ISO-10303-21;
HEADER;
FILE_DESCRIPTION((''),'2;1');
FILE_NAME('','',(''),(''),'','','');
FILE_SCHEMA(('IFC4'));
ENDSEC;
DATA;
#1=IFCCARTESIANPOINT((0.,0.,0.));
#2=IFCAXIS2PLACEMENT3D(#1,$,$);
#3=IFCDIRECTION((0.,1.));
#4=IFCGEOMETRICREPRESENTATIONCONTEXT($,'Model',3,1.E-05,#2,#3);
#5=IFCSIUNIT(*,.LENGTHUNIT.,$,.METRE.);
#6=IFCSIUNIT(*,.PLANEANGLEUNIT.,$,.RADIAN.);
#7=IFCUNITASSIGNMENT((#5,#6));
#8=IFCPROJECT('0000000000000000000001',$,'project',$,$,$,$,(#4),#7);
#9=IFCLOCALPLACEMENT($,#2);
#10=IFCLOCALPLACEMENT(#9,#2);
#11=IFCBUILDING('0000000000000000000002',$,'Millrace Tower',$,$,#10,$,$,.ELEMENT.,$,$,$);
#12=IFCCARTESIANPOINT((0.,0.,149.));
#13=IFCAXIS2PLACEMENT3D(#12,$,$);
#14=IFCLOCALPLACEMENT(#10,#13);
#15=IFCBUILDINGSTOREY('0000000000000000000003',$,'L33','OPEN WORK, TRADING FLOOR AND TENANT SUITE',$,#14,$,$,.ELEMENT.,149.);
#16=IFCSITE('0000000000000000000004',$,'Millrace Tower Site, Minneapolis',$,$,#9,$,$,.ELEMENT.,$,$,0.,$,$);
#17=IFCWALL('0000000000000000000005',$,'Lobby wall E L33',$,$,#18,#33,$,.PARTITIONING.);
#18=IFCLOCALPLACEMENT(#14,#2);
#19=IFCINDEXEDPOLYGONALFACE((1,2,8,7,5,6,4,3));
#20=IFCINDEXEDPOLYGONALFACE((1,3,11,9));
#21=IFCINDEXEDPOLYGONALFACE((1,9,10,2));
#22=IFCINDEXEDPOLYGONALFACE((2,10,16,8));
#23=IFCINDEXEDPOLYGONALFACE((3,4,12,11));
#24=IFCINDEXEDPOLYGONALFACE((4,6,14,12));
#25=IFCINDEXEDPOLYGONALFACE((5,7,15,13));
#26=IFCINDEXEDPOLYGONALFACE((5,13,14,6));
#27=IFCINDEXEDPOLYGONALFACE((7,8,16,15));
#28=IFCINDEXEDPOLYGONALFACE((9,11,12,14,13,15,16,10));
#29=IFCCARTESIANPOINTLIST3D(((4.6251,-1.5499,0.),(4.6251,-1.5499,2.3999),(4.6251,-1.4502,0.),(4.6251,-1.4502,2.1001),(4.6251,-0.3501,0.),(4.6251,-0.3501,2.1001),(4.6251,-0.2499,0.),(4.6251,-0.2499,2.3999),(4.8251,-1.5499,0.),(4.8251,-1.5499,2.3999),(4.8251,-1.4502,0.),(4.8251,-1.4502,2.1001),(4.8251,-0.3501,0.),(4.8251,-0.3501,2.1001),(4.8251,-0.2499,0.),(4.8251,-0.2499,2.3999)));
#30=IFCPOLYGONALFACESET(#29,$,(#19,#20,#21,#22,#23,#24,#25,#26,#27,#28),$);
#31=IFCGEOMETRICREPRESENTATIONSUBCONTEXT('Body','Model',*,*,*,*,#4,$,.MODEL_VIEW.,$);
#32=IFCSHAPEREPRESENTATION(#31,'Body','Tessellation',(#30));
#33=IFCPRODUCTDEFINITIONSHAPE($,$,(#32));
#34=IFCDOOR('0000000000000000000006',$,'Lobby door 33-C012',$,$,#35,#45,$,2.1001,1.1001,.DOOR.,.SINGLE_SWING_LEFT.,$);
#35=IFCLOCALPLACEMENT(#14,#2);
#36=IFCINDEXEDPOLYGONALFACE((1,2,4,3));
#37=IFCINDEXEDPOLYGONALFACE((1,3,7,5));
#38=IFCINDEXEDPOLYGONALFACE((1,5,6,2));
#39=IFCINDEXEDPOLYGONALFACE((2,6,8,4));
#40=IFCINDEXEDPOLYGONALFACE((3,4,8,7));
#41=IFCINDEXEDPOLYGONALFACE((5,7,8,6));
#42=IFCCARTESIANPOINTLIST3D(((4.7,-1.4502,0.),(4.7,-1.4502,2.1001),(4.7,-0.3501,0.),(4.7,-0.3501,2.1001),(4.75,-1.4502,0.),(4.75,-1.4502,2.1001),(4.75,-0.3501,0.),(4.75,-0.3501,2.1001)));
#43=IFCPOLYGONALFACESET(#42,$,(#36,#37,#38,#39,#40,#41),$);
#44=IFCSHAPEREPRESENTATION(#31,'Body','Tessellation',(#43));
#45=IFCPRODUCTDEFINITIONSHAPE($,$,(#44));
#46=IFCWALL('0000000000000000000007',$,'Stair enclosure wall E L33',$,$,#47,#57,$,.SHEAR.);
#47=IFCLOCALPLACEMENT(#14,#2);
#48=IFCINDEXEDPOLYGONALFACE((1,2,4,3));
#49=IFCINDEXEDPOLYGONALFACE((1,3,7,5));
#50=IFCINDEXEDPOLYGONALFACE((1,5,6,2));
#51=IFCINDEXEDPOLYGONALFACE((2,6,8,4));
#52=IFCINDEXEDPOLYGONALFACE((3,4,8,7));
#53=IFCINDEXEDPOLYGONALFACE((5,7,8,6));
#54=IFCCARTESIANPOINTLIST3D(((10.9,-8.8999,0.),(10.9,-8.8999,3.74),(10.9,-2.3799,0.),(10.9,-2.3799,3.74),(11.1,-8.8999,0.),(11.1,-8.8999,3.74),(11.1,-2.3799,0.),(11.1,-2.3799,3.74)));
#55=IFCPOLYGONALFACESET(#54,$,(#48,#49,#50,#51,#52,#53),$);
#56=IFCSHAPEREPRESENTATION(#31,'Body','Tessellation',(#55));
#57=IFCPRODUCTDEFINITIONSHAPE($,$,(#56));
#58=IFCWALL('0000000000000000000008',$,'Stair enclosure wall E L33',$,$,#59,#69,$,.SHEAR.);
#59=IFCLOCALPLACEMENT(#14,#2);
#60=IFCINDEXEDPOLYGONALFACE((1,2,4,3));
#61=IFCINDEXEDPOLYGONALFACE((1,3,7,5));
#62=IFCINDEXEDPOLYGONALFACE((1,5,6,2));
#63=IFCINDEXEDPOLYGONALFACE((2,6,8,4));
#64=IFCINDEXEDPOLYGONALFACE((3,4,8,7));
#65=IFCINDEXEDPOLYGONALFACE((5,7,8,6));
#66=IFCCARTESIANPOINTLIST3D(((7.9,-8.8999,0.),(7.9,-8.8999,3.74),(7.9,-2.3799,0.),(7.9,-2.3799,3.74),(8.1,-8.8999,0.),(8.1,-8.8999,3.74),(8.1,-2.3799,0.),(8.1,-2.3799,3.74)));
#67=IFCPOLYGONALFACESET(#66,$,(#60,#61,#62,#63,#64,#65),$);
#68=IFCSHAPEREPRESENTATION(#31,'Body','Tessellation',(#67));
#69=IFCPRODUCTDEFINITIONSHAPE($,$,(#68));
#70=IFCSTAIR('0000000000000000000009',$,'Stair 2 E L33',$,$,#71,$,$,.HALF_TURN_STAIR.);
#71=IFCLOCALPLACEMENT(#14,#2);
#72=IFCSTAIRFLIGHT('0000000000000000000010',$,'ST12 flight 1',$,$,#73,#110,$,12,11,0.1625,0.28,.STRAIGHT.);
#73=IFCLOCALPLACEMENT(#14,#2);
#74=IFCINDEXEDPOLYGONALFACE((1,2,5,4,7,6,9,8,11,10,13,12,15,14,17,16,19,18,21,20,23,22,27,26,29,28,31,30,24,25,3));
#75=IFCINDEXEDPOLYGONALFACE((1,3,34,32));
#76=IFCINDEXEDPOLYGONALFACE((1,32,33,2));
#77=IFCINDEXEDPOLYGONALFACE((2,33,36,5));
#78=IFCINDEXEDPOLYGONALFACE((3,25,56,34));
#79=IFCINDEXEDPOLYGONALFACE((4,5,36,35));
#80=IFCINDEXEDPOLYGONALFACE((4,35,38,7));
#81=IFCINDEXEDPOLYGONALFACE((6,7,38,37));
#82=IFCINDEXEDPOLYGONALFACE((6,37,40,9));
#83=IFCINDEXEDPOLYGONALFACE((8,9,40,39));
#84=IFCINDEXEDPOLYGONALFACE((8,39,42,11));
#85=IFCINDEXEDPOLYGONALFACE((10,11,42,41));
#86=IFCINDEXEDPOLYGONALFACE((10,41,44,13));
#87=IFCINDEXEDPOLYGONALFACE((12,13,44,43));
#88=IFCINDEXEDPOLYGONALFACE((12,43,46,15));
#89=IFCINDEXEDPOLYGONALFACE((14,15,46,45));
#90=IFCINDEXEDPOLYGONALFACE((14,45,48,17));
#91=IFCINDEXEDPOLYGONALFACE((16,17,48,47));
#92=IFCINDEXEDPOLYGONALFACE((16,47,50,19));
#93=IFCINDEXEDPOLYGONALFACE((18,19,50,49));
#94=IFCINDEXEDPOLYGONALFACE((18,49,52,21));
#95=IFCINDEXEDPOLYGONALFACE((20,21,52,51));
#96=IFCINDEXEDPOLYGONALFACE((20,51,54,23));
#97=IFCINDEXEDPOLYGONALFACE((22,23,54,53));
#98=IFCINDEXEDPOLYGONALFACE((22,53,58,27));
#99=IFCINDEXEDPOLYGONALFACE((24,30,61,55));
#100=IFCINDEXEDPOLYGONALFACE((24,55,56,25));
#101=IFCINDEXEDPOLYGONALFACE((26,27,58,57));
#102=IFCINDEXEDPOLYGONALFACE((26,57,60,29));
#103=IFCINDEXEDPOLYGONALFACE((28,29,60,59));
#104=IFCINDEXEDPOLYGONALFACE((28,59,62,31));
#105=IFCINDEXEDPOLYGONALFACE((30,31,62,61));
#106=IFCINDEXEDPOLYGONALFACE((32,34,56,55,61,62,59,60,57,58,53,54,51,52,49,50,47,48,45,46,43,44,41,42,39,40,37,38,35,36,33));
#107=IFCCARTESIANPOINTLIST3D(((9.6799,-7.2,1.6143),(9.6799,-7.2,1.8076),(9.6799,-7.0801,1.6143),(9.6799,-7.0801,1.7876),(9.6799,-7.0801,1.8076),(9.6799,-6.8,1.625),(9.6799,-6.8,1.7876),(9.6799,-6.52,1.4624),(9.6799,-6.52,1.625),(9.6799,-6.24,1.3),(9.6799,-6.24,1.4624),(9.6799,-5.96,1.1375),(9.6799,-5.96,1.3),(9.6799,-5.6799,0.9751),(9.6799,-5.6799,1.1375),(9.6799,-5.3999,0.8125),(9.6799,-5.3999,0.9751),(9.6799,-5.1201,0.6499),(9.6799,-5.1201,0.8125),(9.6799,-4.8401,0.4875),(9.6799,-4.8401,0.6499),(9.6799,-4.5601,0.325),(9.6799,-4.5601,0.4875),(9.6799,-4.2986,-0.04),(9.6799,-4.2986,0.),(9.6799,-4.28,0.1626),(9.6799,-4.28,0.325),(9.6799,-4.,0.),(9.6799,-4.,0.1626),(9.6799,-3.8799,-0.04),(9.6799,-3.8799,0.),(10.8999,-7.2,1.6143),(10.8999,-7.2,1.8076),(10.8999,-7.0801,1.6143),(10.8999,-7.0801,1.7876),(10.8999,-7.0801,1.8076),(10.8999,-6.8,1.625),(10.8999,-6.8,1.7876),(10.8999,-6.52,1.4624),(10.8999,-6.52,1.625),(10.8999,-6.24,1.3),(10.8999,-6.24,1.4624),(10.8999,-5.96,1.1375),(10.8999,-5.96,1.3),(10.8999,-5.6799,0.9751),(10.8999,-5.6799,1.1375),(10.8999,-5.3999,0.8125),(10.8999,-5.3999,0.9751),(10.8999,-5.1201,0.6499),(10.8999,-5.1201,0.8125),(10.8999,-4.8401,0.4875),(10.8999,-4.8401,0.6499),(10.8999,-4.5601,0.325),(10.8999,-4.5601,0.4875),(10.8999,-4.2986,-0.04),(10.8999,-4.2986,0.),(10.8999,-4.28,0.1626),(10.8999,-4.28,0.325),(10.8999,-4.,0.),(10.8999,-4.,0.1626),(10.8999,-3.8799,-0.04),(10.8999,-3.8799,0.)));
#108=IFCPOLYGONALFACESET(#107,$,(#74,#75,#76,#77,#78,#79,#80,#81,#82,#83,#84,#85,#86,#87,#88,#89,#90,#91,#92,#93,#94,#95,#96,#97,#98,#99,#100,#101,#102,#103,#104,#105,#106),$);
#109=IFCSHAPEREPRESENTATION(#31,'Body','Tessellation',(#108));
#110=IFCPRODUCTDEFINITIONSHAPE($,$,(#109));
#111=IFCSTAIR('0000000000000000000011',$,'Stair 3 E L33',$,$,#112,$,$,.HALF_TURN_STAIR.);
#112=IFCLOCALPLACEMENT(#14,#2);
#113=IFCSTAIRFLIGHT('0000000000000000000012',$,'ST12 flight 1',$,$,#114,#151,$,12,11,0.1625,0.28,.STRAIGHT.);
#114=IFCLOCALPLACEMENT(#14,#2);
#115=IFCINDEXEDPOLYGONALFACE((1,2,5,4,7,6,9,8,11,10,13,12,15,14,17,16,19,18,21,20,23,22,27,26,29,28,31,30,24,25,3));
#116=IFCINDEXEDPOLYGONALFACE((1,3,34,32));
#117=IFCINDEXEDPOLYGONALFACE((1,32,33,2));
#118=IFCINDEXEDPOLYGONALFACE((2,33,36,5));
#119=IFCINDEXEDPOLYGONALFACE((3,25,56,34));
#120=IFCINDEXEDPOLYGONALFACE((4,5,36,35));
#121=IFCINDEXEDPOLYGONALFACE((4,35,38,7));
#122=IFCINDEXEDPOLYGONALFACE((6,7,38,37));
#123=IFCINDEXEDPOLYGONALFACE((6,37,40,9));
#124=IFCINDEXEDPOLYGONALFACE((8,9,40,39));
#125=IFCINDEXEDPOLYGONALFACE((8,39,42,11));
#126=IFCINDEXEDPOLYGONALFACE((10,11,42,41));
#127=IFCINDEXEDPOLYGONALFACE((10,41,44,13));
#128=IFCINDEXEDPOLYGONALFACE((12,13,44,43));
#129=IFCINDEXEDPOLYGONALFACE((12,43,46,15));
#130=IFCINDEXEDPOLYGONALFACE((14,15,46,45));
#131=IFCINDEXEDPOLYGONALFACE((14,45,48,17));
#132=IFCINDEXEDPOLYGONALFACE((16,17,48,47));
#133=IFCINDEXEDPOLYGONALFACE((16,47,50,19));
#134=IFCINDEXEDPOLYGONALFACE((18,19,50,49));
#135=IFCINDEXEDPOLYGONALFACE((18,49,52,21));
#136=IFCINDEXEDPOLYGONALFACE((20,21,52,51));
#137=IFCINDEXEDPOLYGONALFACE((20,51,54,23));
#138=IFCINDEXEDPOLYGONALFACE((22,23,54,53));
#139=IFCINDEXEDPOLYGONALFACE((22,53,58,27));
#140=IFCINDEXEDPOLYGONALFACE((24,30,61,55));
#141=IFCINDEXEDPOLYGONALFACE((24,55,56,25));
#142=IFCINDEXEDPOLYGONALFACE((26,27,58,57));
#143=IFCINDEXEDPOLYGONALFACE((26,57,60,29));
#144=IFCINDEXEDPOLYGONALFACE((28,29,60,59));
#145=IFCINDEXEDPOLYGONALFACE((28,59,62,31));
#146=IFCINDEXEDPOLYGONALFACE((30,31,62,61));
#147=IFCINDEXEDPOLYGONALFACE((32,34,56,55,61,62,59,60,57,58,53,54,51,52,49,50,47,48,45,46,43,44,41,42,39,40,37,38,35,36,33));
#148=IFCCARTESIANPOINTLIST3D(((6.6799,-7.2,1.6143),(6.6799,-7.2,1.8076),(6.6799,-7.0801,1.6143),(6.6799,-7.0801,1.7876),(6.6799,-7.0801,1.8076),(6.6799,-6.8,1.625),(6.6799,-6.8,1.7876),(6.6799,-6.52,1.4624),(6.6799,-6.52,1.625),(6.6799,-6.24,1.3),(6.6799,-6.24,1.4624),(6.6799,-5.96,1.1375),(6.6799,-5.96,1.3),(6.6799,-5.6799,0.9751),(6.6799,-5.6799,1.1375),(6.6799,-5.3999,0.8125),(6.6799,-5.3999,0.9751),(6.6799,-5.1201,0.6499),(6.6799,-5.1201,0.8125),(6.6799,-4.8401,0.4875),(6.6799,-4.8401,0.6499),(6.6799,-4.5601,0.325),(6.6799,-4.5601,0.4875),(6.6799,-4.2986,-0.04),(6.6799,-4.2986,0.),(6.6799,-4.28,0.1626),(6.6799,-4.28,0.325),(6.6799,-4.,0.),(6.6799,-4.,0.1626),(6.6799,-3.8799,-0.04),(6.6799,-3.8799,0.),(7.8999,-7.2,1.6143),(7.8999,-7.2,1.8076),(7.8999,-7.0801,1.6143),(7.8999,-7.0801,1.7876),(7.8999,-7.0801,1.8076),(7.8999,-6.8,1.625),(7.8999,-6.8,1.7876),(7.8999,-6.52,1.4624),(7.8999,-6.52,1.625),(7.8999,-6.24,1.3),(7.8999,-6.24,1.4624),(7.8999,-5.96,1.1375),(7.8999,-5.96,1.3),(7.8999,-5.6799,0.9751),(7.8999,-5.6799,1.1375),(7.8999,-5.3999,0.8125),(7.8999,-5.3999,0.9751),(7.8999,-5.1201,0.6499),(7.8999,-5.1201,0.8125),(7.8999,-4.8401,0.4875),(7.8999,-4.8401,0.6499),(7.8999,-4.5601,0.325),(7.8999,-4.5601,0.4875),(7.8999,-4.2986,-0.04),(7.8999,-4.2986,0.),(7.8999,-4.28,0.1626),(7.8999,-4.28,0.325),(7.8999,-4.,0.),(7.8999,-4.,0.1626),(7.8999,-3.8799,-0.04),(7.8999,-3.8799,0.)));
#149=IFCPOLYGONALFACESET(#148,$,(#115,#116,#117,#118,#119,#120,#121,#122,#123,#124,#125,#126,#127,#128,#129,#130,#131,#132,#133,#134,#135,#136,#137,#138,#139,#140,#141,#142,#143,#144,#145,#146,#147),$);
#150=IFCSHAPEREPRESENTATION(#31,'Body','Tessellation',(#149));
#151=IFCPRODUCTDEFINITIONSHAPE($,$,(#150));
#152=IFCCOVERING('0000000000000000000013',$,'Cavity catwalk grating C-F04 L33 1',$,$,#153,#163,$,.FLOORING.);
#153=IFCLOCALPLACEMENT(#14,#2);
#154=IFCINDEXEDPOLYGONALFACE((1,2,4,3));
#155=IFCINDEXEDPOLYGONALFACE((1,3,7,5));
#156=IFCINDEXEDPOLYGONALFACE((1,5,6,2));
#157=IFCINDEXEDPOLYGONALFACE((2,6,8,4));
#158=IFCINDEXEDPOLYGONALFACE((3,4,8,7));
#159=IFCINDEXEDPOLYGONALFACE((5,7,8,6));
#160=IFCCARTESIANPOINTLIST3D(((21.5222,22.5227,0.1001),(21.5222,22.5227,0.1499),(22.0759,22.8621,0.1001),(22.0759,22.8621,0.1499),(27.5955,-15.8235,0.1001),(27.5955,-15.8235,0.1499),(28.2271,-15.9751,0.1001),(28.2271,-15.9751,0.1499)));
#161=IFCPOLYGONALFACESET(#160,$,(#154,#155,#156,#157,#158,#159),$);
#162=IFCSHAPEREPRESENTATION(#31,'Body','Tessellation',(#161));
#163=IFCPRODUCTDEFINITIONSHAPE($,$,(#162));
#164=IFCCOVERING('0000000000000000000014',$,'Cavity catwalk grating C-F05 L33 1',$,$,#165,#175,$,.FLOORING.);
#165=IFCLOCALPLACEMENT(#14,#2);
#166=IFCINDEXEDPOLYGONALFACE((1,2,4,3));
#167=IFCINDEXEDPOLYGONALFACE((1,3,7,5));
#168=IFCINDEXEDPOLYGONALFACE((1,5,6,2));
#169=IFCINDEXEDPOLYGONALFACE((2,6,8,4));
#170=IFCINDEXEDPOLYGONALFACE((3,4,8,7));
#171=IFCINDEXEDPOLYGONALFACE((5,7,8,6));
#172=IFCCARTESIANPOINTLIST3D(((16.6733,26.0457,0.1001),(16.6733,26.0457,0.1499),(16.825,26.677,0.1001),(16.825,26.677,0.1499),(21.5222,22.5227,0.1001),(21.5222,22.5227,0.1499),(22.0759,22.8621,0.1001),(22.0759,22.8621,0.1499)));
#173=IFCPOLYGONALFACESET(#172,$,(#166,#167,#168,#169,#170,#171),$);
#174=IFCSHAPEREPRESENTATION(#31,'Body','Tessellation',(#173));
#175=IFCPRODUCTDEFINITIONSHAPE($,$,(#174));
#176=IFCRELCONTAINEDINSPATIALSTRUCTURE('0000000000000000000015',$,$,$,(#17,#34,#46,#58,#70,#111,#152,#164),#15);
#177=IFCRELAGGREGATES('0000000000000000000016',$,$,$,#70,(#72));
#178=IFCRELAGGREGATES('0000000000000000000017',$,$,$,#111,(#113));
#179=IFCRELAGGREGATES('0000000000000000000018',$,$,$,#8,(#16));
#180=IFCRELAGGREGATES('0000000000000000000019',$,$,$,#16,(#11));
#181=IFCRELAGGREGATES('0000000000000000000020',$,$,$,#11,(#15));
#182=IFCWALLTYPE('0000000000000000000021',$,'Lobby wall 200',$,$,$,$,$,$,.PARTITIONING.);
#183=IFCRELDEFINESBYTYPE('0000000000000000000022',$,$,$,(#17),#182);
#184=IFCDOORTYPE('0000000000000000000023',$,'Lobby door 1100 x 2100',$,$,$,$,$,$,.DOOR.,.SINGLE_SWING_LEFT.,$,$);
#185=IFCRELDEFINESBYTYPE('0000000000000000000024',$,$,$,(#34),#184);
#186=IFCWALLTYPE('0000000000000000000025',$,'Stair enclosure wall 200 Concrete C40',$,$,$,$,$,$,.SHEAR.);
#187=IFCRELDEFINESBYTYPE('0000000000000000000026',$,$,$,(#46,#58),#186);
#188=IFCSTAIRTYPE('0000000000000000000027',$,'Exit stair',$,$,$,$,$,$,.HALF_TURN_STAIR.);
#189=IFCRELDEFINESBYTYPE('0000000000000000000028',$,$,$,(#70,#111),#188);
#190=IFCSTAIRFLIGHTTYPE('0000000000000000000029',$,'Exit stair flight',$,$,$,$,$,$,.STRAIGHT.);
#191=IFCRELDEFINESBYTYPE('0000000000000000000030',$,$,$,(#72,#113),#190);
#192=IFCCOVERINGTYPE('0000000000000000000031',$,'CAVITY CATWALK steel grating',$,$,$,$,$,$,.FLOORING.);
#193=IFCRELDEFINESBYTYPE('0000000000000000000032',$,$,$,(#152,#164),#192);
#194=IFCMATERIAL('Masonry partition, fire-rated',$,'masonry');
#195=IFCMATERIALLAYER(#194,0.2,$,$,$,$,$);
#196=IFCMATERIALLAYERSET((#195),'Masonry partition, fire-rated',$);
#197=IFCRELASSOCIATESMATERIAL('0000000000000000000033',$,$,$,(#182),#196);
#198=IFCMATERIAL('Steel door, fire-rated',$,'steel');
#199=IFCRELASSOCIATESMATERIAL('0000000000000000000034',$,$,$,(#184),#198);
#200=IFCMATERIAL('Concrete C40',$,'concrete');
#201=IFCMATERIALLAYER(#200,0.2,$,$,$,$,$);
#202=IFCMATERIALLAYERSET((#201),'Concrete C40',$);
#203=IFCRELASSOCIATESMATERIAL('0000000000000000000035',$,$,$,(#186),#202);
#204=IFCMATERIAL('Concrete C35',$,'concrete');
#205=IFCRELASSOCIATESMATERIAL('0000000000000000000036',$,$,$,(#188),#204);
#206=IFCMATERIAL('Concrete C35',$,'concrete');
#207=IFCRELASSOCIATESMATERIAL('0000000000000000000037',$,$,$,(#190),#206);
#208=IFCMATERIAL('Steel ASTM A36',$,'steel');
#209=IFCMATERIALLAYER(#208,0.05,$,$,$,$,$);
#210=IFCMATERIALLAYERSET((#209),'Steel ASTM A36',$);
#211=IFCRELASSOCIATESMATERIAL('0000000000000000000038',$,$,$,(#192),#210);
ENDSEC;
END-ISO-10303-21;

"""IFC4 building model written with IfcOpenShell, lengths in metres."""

from ifc_helpers import new_model, si_unit, direction, frame, frame_2d, origin, place, context, subcontext, project, spatial, polyline, rectangle, outline, extrude, material, layer, layer_set, type_object, element, fill, aggregate, save


model = new_model("IFC4")

# Units and contexts
model_context = context("Model", 3, precision=1e-05, world=origin(), true_north=direction((0.0, 1.0)))
body_context = subcontext(model_context, "Body", "Model", "MODEL_VIEW")
ifc_project = project(units=[si_unit("LENGTHUNIT", "METRE"), si_unit("PLANEANGLEUNIT", "RADIAN")], contexts=[model_context])

# Site, building, storey
site_placement = place(None, origin())
site = spatial("IfcSite", under=ifc_project, at=site_placement, Name="Millrace Tower Site, Minneapolis", CompositionType="ELEMENT", RefElevation=0.0)
building_placement = place(site_placement, origin())
building = spatial("IfcBuilding", under=site, at=building_placement, Name="Millrace Tower", CompositionType="ELEMENT")
storey_placement = place(building_placement, frame((0.0, 0.0, 149.0)))
storey = spatial("IfcBuildingStorey", under=building, at=storey_placement, Name="L33", Description="OPEN WORK, TRADING FLOOR AND TENANT SUITE", CompositionType="ELEMENT", Elevation=149.0)

# Shared definitions
placement_1 = place(storey_placement, origin())

# Wall, opening, door
ifc_material_1 = material(Name="Masonry partition, fire-rated", Category="masonry")
ifc_layer_1 = layer(ifc_material_1, 0.2)
ifc_layer_set_1 = layer_set([ifc_layer_1], Name="Masonry partition, fire-rated")
wall_type_1 = type_object("IfcWallType", Name="Lobby wall 200", PredefinedType="PARTITIONING", material=ifc_layer_set_1)
wall_1_placement = place(storey_placement, frame((4.7251, -0.25, 0.0), z_axis=(0.0, 0.0, 1.0), x_axis=(0.0, -1.0, 0.0)))
wall_1 = element("IfcWall", 1, at=wall_1_placement, inside=storey, type_object=wall_type_1, Name="Lobby wall E L33", PredefinedType="PARTITIONING", context=body_context, shape_type="SweptSolid", body=[
    extrude(rectangle(XDim=1.3, YDim=0.2, at=frame_2d((0.6499, 0.0))), origin(), (0.0, 0.0, 1.0), 2.3999),
])
opening_1_placement = place(wall_1_placement, frame((0.1001, 0.0, 0.0)))
opening_1 = element("IfcOpeningElement", 2, at=opening_1_placement, cuts=wall_1, PredefinedType="OPENING", context=body_context, shape_type="SweptSolid", body=[
    extrude(rectangle(XDim=1.1001, YDim=2.1001, at=frame_2d((0.55, 1.05))), frame((0.0, 0.1099, 0.0), z_axis=(0.0, -1.0, 0.0), x_axis=(1.0, 0.0, 0.0)), (0.0, 0.0, 1.0), 0.22),
])
ifc_material_2 = material(Name="Steel door, fire-rated", Category="steel")
door_type_1 = type_object("IfcDoorType", Name="Lobby door 1100 x 2100", OperationType="SINGLE_SWING_LEFT", PredefinedType="DOOR", material=ifc_material_2)
door_1_placement = place(opening_1_placement, origin())
door_1 = element("IfcDoor", 3, at=door_1_placement, inside=storey, type_object=door_type_1, Name="Lobby door 33-C012", OperationType="SINGLE_SWING_LEFT", OverallHeight=2.1001, OverallWidth=1.1001, PredefinedType="DOOR", context=body_context, shape_type="SweptSolid", body=[
    extrude(rectangle(XDim=1.1001, YDim=2.1001, at=frame_2d((0.55, 1.05))), frame((0.0, 0.0249, 0.0), z_axis=(0.0, -1.0, 0.0), x_axis=(1.0, 0.0, 0.0)), (0.0, 0.0, 1.0), 0.05),
])
fill(opening_1, door_1)

# Walls
ifc_material_3 = material(Name="Concrete C40", Category="concrete")
ifc_layer_2 = layer(ifc_material_3, 0.2)
ifc_layer_set_2 = layer_set([ifc_layer_2], Name="Concrete C40")
wall_type_2 = type_object("IfcWallType", Name="Stair enclosure wall 200 Concrete C40", PredefinedType="SHEAR", material=ifc_layer_set_2)
for number, where, z_axis, x_axis, name in (
    (4, (11.0, -2.3799, 0.0), (0.0, 0.0, 1.0), (0.0, -1.0, 0.0), "Stair enclosure wall E L33"),
    (5, (8.0, -2.3799, 0.0), (0.0, 0.0, 1.0), (0.0, -1.0, 0.0), "Stair enclosure wall E L33"),
):
    element("IfcWall", number, at=place(storey_placement, frame(where, z_axis=z_axis, x_axis=x_axis)), inside=storey, type_object=wall_type_2, Name=name, PredefinedType="SHEAR", context=body_context, shape_type="SweptSolid", body=[
        extrude(rectangle(XDim=6.52, YDim=0.2, at=frame_2d((3.26, 0.0))), origin(), (0.0, 0.0, 1.0), 3.74),
    ])

# Stairs, stair flights
ifc_material_4 = material(Name="Concrete C35", Category="concrete")
stair_type = type_object("IfcStairType", Name="Exit stair", PredefinedType="HALF_TURN_STAIR", material=ifc_material_4)
stair_1 = element("IfcStair", 6, at=placement_1, inside=storey, type_object=stair_type, Name="Stair 2 E L33", PredefinedType="HALF_TURN_STAIR")
ifc_material_5 = material(Name="Concrete C35", Category="concrete")
stair_flight_type = type_object("IfcStairFlightType", Name="Exit stair flight", PredefinedType="STRAIGHT", material=ifc_material_5)
stair_flight_1_placement = place(storey_placement, frame((10.29, -4.0, 0.0), z_axis=(0.0, 0.0, 1.0), x_axis=(0.0, -1.0, 0.0)))
stair_flight_1 = element("IfcStairFlight", 7, at=stair_flight_1_placement, type_object=stair_flight_type, Name="ST12 flight 1", NumberOfRisers=12, NumberOfTreads=11, PredefinedType="STRAIGHT", RiserHeight=0.1625, TreadLength=0.28, context=body_context, shape_type="SweptSolid", body=[
    extrude(outline(polyline([(-0.1201, -0.04), (-0.1201, 0.0), (0.0, 0.0), (0.0, 0.1626), (0.28, 0.1626), (0.28, 0.325), (0.5601, 0.325), (0.5601, 0.4875), (0.8401, 0.4875), (0.8401, 0.6499), (1.1201, 0.6499), (1.1201, 0.8125), (1.3999, 0.8125), (1.3999, 0.9751), (1.6799, 0.9751), (1.6799, 1.1375), (1.96, 1.1375), (1.96, 1.3), (2.24, 1.3), (2.24, 1.4624), (2.52, 1.4624), (2.52, 1.625), (2.8, 1.625), (2.8, 1.7876), (3.0801, 1.7876), (3.0801, 1.8076), (3.2, 1.8076), (3.2, 1.6143), (3.0801, 1.6143), (0.2986, 0.0), (0.2986, -0.04), (-0.1201, -0.04)])), frame((0.0, 0.6099, 0.0), z_axis=(0.0, -1.0, 0.0), x_axis=(1.0, 0.0, 0.0)), (0.0, 0.0, 1.0), 1.22),
])
aggregate(stair_1, [stair_flight_1])
stair_2 = element("IfcStair", 8, at=placement_1, inside=storey, type_object=stair_type, Name="Stair 3 E L33", PredefinedType="HALF_TURN_STAIR")
stair_flight_2_placement = place(storey_placement, frame((7.29, -4.0, 0.0), z_axis=(0.0, 0.0, 1.0), x_axis=(0.0, -1.0, 0.0)))
stair_flight_2 = element("IfcStairFlight", 9, at=stair_flight_2_placement, type_object=stair_flight_type, Name="ST12 flight 1", NumberOfRisers=12, NumberOfTreads=11, PredefinedType="STRAIGHT", RiserHeight=0.1625, TreadLength=0.28, context=body_context, shape_type="SweptSolid", body=[
    extrude(outline(polyline([(-0.1201, -0.04), (-0.1201, 0.0), (0.0, 0.0), (0.0, 0.1626), (0.28, 0.1626), (0.28, 0.325), (0.5601, 0.325), (0.5601, 0.4875), (0.8401, 0.4875), (0.8401, 0.6499), (1.1201, 0.6499), (1.1201, 0.8125), (1.3999, 0.8125), (1.3999, 0.9751), (1.6799, 0.9751), (1.6799, 1.1375), (1.96, 1.1375), (1.96, 1.3), (2.24, 1.3), (2.24, 1.4624), (2.52, 1.4624), (2.52, 1.625), (2.8, 1.625), (2.8, 1.7876), (3.0801, 1.7876), (3.0801, 1.8076), (3.2, 1.8076), (3.2, 1.6143), (3.0801, 1.6143), (0.2986, 0.0), (0.2986, -0.04), (-0.1201, -0.04)])), frame((0.0, 0.6099, 0.0), z_axis=(0.0, -1.0, 0.0), x_axis=(1.0, 0.0, 0.0)), (0.0, 0.0, 1.0), 1.22),
])
aggregate(stair_2, [stair_flight_2])

# Coverings
ifc_material_6 = material(Name="Steel ASTM A36", Category="steel")
ifc_layer_3 = layer(ifc_material_6, 0.05)
ifc_layer_set_3 = layer_set([ifc_layer_3], Name="Steel ASTM A36")
covering_type = type_object("IfcCoveringType", Name="CAVITY CATWALK steel grating", PredefinedType="FLOORING", material=ifc_layer_set_3)
placement_2 = place(storey_placement, frame((0.0, 0.0, 0.1001)))
element("IfcCovering", 10, at=placement_2, inside=storey, type_object=covering_type, Name="Cavity catwalk grating C-F04 L33 1", PredefinedType="FLOORING", context=body_context, shape_type="SweptSolid", body=[
    extrude(outline(polyline([(28.2271, -15.9751), (22.0759, 22.8621), (21.5222, 22.5227), (27.5955, -15.8235), (28.2271, -15.9751)])), origin(), (0.0, 0.0, 1.0), 0.0498),
])
element("IfcCovering", 11, at=placement_2, inside=storey, type_object=covering_type, Name="Cavity catwalk grating C-F05 L33 1", PredefinedType="FLOORING", context=body_context, shape_type="SweptSolid", body=[
    extrude(outline(polyline([(22.0759, 22.8621), (16.825, 26.677), (16.6733, 26.0457), (21.5222, 22.5227), (22.0759, 22.8621)])), origin(), (0.0, 0.0, 1.0), 0.0498),
])

save(model, "model.ifc")
